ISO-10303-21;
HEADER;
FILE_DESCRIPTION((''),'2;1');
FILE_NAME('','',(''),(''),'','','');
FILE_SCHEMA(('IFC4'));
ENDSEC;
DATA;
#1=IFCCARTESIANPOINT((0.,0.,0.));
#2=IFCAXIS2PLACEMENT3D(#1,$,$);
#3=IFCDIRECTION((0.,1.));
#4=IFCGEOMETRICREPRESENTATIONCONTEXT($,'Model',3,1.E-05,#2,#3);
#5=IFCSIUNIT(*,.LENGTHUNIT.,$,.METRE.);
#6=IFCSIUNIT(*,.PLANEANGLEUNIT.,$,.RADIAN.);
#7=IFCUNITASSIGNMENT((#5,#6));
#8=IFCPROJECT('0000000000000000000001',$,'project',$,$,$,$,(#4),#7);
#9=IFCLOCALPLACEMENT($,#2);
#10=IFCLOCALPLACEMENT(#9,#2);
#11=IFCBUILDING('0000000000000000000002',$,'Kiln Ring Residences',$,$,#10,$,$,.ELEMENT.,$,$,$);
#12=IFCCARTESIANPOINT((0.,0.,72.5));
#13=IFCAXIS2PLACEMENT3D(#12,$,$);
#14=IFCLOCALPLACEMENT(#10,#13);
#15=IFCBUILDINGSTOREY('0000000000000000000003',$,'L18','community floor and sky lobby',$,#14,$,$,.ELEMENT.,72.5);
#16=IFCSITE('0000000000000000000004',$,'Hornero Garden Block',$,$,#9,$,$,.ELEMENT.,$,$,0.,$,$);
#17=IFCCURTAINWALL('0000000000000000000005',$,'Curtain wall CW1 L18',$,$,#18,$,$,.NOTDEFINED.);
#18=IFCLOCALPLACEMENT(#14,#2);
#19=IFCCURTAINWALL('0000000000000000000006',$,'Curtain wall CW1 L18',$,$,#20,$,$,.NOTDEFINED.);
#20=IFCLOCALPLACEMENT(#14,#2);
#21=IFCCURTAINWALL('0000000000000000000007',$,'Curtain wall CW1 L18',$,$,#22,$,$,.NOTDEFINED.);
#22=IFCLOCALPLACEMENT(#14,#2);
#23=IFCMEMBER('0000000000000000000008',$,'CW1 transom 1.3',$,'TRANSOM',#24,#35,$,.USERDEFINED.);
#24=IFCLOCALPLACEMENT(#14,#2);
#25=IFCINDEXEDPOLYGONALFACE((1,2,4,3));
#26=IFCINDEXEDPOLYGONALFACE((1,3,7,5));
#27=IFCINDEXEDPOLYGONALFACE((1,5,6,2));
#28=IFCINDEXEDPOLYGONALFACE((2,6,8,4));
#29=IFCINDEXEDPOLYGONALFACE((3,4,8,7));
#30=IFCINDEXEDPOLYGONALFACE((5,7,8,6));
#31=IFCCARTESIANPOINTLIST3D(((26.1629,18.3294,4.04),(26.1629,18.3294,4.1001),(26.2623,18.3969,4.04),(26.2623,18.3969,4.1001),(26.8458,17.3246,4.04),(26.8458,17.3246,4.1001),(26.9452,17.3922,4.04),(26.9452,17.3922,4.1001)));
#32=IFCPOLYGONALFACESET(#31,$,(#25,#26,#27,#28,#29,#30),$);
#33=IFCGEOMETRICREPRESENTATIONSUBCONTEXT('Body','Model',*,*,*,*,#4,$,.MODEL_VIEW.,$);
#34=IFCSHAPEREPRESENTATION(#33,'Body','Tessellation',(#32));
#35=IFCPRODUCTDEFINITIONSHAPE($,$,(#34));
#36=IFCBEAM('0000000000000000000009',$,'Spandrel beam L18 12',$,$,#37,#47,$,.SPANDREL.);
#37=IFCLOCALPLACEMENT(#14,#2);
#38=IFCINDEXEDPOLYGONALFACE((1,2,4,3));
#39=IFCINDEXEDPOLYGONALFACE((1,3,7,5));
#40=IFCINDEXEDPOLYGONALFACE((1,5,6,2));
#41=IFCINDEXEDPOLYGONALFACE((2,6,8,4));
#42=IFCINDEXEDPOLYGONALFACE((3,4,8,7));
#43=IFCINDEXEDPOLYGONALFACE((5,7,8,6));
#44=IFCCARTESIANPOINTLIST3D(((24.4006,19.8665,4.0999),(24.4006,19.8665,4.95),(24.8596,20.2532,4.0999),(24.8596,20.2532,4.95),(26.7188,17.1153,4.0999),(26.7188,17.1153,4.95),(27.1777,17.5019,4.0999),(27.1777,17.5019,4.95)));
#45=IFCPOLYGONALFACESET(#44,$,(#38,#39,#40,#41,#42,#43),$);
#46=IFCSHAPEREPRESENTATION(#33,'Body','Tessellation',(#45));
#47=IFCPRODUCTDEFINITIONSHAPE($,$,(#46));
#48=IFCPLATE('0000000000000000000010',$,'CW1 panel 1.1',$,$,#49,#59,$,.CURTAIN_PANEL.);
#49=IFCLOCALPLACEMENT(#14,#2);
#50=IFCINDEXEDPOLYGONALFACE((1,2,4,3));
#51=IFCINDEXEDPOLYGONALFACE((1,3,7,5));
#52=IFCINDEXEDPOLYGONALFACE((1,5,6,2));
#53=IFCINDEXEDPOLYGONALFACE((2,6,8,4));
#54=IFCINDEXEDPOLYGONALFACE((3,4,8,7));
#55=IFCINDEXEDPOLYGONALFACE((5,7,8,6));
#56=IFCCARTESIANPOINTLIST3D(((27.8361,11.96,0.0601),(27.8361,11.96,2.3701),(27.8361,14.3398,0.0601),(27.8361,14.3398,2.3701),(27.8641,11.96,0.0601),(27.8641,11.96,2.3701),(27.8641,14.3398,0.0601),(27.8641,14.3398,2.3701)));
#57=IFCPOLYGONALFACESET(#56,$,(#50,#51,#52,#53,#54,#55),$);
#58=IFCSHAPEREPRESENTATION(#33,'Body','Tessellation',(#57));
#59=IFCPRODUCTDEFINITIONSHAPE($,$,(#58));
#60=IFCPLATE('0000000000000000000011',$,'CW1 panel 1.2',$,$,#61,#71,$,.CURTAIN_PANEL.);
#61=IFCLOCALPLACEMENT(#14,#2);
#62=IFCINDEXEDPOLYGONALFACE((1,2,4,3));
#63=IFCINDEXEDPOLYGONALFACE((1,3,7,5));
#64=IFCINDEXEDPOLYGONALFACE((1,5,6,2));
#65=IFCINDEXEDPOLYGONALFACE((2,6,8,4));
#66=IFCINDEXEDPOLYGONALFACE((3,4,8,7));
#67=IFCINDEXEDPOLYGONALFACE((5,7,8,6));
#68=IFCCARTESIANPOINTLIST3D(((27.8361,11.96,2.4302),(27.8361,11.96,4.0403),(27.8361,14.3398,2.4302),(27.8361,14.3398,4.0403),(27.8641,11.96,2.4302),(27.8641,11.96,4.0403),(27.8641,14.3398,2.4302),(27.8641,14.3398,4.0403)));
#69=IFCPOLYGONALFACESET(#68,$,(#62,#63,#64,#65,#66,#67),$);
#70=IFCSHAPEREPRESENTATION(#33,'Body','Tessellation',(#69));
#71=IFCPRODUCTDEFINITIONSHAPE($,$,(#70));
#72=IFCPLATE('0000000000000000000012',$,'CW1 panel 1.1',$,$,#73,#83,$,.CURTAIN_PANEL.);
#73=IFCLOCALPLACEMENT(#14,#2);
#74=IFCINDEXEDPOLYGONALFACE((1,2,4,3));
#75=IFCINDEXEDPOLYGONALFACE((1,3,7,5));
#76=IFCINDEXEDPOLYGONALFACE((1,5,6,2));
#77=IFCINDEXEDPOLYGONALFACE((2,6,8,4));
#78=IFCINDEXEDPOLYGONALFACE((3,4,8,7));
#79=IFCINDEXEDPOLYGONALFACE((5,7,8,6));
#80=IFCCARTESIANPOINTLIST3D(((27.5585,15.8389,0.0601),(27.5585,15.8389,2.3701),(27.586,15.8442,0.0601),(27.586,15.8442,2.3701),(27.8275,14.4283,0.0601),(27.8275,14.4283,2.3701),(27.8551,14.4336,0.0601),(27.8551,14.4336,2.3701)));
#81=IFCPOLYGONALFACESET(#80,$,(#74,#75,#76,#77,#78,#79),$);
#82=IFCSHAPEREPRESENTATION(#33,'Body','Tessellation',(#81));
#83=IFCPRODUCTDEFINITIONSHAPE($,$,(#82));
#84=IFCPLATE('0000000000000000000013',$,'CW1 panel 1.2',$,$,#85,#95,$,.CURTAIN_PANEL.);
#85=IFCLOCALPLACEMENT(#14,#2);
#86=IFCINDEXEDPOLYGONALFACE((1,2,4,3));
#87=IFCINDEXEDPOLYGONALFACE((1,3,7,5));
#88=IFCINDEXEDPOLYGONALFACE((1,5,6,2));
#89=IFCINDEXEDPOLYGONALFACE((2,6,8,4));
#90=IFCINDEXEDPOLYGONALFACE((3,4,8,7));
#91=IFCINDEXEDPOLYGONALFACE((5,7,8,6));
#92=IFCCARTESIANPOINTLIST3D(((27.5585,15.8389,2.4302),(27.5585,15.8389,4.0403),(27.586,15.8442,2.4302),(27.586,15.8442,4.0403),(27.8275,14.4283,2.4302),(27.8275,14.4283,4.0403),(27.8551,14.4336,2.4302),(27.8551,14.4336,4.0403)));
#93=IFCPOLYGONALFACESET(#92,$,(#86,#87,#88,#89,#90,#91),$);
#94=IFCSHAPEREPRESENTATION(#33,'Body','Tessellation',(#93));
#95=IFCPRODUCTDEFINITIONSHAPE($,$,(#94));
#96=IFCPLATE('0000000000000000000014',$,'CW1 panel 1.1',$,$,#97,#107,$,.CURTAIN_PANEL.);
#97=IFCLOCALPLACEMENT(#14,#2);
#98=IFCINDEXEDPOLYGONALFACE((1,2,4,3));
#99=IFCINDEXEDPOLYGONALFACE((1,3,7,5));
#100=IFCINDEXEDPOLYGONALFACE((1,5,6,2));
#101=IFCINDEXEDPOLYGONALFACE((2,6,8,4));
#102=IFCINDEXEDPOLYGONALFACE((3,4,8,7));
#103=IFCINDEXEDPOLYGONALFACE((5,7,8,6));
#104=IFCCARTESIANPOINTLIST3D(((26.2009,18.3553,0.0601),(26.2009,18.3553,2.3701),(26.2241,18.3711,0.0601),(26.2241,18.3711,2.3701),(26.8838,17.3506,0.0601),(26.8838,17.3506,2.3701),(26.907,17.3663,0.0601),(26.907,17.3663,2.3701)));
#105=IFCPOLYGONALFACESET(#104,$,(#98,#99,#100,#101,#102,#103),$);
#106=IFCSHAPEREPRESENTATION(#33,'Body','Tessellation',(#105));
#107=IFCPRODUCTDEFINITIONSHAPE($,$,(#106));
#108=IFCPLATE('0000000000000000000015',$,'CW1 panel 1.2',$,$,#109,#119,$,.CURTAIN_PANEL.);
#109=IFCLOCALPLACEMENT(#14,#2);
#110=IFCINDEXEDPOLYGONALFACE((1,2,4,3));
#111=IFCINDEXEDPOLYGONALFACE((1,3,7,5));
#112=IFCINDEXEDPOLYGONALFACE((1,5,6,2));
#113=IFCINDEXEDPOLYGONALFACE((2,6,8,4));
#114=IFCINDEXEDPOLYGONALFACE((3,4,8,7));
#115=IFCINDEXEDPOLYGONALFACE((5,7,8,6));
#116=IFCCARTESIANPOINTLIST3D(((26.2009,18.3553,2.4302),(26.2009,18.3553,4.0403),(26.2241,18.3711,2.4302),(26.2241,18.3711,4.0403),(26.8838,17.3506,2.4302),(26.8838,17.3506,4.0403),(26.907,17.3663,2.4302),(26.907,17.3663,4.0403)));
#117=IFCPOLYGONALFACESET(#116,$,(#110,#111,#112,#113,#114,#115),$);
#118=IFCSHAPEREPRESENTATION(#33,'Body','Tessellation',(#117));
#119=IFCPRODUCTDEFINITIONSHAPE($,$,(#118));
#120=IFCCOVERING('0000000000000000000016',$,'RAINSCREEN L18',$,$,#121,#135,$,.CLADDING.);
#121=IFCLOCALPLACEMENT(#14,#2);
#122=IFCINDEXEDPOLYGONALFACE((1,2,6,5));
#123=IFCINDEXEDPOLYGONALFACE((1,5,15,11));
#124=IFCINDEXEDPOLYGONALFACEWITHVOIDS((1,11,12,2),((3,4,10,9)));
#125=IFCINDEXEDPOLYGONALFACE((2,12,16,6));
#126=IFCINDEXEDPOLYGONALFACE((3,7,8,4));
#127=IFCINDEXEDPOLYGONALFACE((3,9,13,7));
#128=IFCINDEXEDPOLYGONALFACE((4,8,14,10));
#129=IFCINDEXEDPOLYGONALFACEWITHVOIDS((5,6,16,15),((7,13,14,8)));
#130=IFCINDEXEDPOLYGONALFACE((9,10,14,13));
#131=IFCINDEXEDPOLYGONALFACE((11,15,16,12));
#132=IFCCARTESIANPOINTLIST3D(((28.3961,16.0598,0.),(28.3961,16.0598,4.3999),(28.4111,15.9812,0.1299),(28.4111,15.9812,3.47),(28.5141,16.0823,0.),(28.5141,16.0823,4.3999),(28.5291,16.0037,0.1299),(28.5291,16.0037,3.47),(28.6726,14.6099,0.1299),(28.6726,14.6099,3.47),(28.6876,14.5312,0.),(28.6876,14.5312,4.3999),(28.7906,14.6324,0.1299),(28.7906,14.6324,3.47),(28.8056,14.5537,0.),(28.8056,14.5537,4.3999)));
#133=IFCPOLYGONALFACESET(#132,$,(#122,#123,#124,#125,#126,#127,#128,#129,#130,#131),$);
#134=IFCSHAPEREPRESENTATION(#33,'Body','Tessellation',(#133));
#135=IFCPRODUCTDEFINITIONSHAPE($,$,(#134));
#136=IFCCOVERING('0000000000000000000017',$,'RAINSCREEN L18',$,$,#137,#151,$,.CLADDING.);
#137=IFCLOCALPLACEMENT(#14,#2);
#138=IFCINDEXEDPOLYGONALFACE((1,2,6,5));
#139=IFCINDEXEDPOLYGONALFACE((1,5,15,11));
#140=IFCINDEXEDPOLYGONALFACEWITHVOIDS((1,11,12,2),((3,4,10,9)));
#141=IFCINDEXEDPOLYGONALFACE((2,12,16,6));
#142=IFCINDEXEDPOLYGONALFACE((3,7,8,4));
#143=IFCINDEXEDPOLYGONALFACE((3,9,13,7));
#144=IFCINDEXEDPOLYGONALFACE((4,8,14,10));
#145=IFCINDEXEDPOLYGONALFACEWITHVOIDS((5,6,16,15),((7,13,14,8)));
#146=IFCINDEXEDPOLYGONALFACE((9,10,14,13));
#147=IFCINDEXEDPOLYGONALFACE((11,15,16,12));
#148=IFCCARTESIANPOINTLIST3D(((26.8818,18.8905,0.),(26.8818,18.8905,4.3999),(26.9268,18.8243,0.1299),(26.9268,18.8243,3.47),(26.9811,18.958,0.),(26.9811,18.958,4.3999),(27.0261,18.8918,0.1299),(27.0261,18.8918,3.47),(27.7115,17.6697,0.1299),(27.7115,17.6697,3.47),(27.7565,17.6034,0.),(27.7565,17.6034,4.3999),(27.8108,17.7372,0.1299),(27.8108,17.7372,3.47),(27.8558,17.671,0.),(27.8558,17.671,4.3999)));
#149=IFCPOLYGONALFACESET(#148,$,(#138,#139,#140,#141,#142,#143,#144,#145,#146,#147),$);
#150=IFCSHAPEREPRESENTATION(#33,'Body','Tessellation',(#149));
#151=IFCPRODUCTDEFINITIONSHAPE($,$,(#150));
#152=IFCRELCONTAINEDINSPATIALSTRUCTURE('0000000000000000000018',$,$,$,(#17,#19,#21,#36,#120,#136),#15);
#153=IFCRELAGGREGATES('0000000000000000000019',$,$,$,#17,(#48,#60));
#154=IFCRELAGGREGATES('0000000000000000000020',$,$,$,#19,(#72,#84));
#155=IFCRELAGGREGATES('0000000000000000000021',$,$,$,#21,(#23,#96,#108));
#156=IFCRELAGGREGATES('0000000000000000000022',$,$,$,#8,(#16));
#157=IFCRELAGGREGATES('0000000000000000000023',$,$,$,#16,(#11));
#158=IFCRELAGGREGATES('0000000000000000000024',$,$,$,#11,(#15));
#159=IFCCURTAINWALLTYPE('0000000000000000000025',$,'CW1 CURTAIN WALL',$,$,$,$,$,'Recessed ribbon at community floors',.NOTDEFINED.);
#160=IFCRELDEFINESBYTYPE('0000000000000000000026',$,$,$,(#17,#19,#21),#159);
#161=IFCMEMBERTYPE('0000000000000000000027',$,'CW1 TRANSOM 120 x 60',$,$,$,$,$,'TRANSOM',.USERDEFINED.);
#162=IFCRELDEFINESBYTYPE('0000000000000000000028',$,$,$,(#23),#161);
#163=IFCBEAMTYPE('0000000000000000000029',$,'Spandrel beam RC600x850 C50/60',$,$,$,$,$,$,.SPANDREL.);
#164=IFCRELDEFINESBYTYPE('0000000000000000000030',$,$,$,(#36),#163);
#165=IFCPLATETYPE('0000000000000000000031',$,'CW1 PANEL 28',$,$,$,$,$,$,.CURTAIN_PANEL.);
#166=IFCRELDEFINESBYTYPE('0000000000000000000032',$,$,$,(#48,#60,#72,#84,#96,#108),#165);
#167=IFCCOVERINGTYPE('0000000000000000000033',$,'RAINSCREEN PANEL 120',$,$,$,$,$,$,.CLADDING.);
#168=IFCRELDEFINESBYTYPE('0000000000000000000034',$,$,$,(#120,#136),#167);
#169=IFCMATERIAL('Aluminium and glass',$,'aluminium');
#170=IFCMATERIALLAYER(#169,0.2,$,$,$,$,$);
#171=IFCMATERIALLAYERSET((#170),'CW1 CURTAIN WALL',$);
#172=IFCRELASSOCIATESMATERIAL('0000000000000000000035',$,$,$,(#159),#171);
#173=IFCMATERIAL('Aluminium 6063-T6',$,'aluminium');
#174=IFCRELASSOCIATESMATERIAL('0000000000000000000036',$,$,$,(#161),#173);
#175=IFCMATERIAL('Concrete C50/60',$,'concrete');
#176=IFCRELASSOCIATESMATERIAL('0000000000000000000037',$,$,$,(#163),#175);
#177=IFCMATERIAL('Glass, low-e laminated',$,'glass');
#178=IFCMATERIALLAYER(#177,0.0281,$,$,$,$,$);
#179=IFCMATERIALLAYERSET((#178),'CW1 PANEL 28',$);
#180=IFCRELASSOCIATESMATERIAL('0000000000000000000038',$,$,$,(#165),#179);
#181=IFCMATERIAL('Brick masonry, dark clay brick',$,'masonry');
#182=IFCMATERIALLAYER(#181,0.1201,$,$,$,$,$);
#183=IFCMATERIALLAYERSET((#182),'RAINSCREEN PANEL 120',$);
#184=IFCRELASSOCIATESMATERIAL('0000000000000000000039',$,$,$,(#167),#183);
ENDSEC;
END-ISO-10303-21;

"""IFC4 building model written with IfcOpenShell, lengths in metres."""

from ifc_helpers import new_model, si_unit, direction, frame, origin, origin_2d, place, context, subcontext, project, spatial, polyline, rectangle, outline, extrude, material, layer, layer_set, material_profile, profile_set, type_object, element, aggregate, save


model = new_model("IFC4")

# Units and contexts
model_context = context("Model", 3, precision=1e-05, world=origin(), true_north=direction((0.0, 1.0)))
body_context = subcontext(model_context, "Body", "Model", "MODEL_VIEW")
ifc_project = project(units=[si_unit("LENGTHUNIT", "METRE"), si_unit("PLANEANGLEUNIT", "RADIAN")], contexts=[model_context])

# Site, building, storey
site_placement = place(None, origin())
site = spatial("IfcSite", under=ifc_project, at=site_placement, Name="Hornero Garden Block", CompositionType="ELEMENT", RefElevation=0.0)
building_placement = place(site_placement, origin())
building = spatial("IfcBuilding", under=site, at=building_placement, Name="Kiln Ring Residences", CompositionType="ELEMENT")
storey_placement = place(building_placement, frame((0.0, 0.0, 72.5)))
storey = spatial("IfcBuildingStorey", under=building, at=storey_placement, Name="L18", Description="community floor and sky lobby", CompositionType="ELEMENT", Elevation=72.5)

# Curtain wall
ifc_material_1 = material(Name="Aluminium and glass", Category="aluminium")
ifc_layer_1 = layer(ifc_material_1, 0.2)
ifc_layer_set_1 = layer_set([ifc_layer_1], Name="CW1 CURTAIN WALL")
curtain_wall_type = type_object("IfcCurtainWallType", Name="CW1 CURTAIN WALL", ElementType="Recessed ribbon at community floors", PredefinedType="NOTDEFINED", material=ifc_layer_set_1)
placement = place(storey_placement, origin())
curtain_wall_1 = element("IfcCurtainWall", 1, at=placement, inside=storey, type_object=curtain_wall_type, Name="Curtain wall CW1 L18", PredefinedType="NOTDEFINED")

# Curtain walls
curtain_wall_2 = element("IfcCurtainWall", 2, at=placement, inside=storey, type_object=curtain_wall_type, Name="Curtain wall CW1 L18", PredefinedType="NOTDEFINED")
curtain_wall_3 = element("IfcCurtainWall", 3, at=placement, inside=storey, type_object=curtain_wall_type, Name="Curtain wall CW1 L18", PredefinedType="NOTDEFINED")

# Member
ifc_material_2 = material(Name="Aluminium 6063-T6", Category="aluminium")
ifc_material_profile_1 = material_profile(ifc_material_2, rectangle(XDim=0.1201, YDim=0.0601, at=origin_2d()), Name="AL 120x60")
ifc_profile_set_1 = profile_set([ifc_material_profile_1], Name="Aluminium 6063-T6")
member_type_1 = type_object("IfcMemberType", Name="CW1 TRANSOM 120 x 60", ElementType="TRANSOM", PredefinedType="USERDEFINED", material=ifc_profile_set_1)
member_1_placement = place(storey_placement, frame((26.8955, 17.3584, 4.0701), z_axis=(-0.562145, 0.827039, 0.0), x_axis=(-0.827039, -0.562145, 0.0)))
member_1 = element("IfcMember", 4, at=member_1_placement, type_object=member_type_1, Name="CW1 transom 1.3", ObjectType="TRANSOM", PredefinedType="USERDEFINED", context=body_context, shape_type="SweptSolid", body=[
    extrude(rectangle(XDim=0.1201, YDim=0.0601, at=origin_2d()), origin(), (0.0, 0.0, 1.0), 1.2148),
])

# Beam
ifc_material_3 = material(Name="Concrete C50/60", Category="concrete")
ifc_material_profile_2 = material_profile(ifc_material_3, rectangle(XDim=0.6001, YDim=0.8501, at=origin_2d()), Name="RC600x850")
ifc_profile_set_2 = profile_set([ifc_material_profile_2], Name="Concrete C50/60")
beam_type = type_object("IfcBeamType", Name="Spandrel beam RC600x850 C50/60", PredefinedType="SPANDREL", material=ifc_profile_set_2)
beam_placement = place(storey_placement, frame((26.9482, 17.3086, 4.5249), z_axis=(-0.644347, 0.764733, 0.0), x_axis=(-0.764733, -0.644347, 0.0)))
element("IfcBeam", 5, at=beam_placement, inside=storey, type_object=beam_type, Name="Spandrel beam L18 12", PredefinedType="SPANDREL", context=body_context, shape_type="SweptSolid", body=[
    extrude(rectangle(XDim=0.6001, YDim=0.8501, at=origin_2d()), origin(), (0.0, 0.0, 1.0), 3.5977),
])

# Plates
ifc_material_4 = material(Name="Glass, low-e laminated", Category="glass")
ifc_layer_2 = layer(ifc_material_4, 0.0281)
ifc_layer_set_2 = layer_set([ifc_layer_2], Name="CW1 PANEL 28")
plate_type = type_object("IfcPlateType", Name="CW1 PANEL 28", PredefinedType="CURTAIN_PANEL", material=ifc_layer_set_2)
plate_1_placement = place(storey_placement, frame((27.8501, 13.1499, 0.0601), z_axis=(0.0, 0.0, 1.0), x_axis=(0.0, 1.0, 0.0)))
plate_1 = element("IfcPlate", 6, at=plate_1_placement, type_object=plate_type, Name="CW1 panel 1.1", PredefinedType="CURTAIN_PANEL", context=body_context, shape_type="SweptSolid", body=[
    extrude(rectangle(XDim=2.3799, YDim=0.0281, at=origin_2d()), origin(), (0.0, 0.0, 1.0), 2.3101),
])
plate_2_placement = place(storey_placement, frame((27.8501, 13.1499, 2.4302), z_axis=(0.0, 0.0, 1.0), x_axis=(0.0, 1.0, 0.0)))
plate_2 = element("IfcPlate", 7, at=plate_2_placement, type_object=plate_type, Name="CW1 panel 1.2", PredefinedType="CURTAIN_PANEL", context=body_context, shape_type="SweptSolid", body=[
    extrude(rectangle(XDim=2.3799, YDim=0.0281, at=origin_2d()), origin(), (0.0, 0.0, 1.0), 1.6101),
])
aggregate(curtain_wall_1, [plate_1, plate_2])
plate_3_placement = place(storey_placement, frame((27.7068, 15.1362, 0.0601), z_axis=(0.0, 0.0, 1.0), x_axis=(-0.187366, 0.98229, 0.0)))
plate_3 = element("IfcPlate", 8, at=plate_3_placement, type_object=plate_type, Name="CW1 panel 1.1", PredefinedType="CURTAIN_PANEL", context=body_context, shape_type="SweptSolid", body=[
    extrude(rectangle(XDim=1.436, YDim=0.0281, at=origin_2d()), origin(), (0.0, 0.0, 1.0), 2.3101),
])
plate_4_placement = place(storey_placement, frame((27.7068, 15.1362, 2.4302), z_axis=(0.0, 0.0, 1.0), x_axis=(-0.187366, 0.98229, 0.0)))
plate_4 = element("IfcPlate", 9, at=plate_4_placement, type_object=plate_type, Name="CW1 panel 1.2", PredefinedType="CURTAIN_PANEL", context=body_context, shape_type="SweptSolid", body=[
    extrude(rectangle(XDim=1.436, YDim=0.0281, at=origin_2d()), origin(), (0.0, 0.0, 1.0), 1.6101),
])
aggregate(curtain_wall_2, [plate_3, plate_4])
plate_5_placement = place(storey_placement, frame((26.554, 17.8608, 0.0601), z_axis=(0.0, 0.0, 1.0), x_axis=(-0.562097, 0.827072, 0.0)))
plate_5 = element("IfcPlate", 10, at=plate_5_placement, type_object=plate_type, Name="CW1 panel 1.1", PredefinedType="CURTAIN_PANEL", context=body_context, shape_type="SweptSolid", body=[
    extrude(rectangle(XDim=1.2148, YDim=0.0281, at=origin_2d()), origin(), (0.0, 0.0, 1.0), 2.3101),
])
plate_6_placement = place(storey_placement, frame((26.554, 17.8608, 2.4302), z_axis=(0.0, 0.0, 1.0), x_axis=(-0.562097, 0.827072, 0.0)))
plate_6 = element("IfcPlate", 11, at=plate_6_placement, type_object=plate_type, Name="CW1 panel 1.2", PredefinedType="CURTAIN_PANEL", context=body_context, shape_type="SweptSolid", body=[
    extrude(rectangle(XDim=1.2148, YDim=0.0281, at=origin_2d()), origin(), (0.0, 0.0, 1.0), 1.6101),
])
aggregate(curtain_wall_3, [member_1, plate_5, plate_6])

# Coverings
ifc_material_5 = material(Name="Brick masonry, dark clay brick", Category="masonry")
ifc_layer_3 = layer(ifc_material_5, 0.1201)
ifc_layer_set_3 = layer_set([ifc_layer_3], Name="RAINSCREEN PANEL 120")
covering_type = type_object("IfcCoveringType", Name="RAINSCREEN PANEL 120", PredefinedType="CLADDING", material=ifc_layer_set_3)
for number, where, z_axis, x_axis, name in (
    (12, (28.7466, 14.5425, 0.0), (0.0, 0.0, 1.0), (-0.187328, 0.982297, 0.0), "RAINSCREEN L18"),
    (13, (27.8062, 17.6372, 0.0), (0.0, 0.0, 1.0), (-0.5621, 0.827069, 0.0), "RAINSCREEN L18"),
):
    element("IfcCovering", number, at=place(storey_placement, frame(where, z_axis=z_axis, x_axis=x_axis)), inside=storey, type_object=covering_type, Name=name, PredefinedType="CLADDING", context=body_context, shape_type="SweptSolid", body=[
        extrude(outline(polyline([(0.0, 0.0), (1.5562, 0.0), (1.5562, 4.3999), (0.0, 4.3999), (0.0, 0.0)]), holes=[polyline([(0.0801, 3.47), (0.0801, 0.1299), (1.4761, 0.1299), (1.4761, 3.47), (0.0801, 3.47)])]), frame((0.0, 0.0601, 0.0), z_axis=(0.0, -1.0, 0.0), x_axis=(1.0, 0.0, 0.0)), (0.0, 0.0, 1.0), 0.1201),
    ])

save(model, "model.ifc")
